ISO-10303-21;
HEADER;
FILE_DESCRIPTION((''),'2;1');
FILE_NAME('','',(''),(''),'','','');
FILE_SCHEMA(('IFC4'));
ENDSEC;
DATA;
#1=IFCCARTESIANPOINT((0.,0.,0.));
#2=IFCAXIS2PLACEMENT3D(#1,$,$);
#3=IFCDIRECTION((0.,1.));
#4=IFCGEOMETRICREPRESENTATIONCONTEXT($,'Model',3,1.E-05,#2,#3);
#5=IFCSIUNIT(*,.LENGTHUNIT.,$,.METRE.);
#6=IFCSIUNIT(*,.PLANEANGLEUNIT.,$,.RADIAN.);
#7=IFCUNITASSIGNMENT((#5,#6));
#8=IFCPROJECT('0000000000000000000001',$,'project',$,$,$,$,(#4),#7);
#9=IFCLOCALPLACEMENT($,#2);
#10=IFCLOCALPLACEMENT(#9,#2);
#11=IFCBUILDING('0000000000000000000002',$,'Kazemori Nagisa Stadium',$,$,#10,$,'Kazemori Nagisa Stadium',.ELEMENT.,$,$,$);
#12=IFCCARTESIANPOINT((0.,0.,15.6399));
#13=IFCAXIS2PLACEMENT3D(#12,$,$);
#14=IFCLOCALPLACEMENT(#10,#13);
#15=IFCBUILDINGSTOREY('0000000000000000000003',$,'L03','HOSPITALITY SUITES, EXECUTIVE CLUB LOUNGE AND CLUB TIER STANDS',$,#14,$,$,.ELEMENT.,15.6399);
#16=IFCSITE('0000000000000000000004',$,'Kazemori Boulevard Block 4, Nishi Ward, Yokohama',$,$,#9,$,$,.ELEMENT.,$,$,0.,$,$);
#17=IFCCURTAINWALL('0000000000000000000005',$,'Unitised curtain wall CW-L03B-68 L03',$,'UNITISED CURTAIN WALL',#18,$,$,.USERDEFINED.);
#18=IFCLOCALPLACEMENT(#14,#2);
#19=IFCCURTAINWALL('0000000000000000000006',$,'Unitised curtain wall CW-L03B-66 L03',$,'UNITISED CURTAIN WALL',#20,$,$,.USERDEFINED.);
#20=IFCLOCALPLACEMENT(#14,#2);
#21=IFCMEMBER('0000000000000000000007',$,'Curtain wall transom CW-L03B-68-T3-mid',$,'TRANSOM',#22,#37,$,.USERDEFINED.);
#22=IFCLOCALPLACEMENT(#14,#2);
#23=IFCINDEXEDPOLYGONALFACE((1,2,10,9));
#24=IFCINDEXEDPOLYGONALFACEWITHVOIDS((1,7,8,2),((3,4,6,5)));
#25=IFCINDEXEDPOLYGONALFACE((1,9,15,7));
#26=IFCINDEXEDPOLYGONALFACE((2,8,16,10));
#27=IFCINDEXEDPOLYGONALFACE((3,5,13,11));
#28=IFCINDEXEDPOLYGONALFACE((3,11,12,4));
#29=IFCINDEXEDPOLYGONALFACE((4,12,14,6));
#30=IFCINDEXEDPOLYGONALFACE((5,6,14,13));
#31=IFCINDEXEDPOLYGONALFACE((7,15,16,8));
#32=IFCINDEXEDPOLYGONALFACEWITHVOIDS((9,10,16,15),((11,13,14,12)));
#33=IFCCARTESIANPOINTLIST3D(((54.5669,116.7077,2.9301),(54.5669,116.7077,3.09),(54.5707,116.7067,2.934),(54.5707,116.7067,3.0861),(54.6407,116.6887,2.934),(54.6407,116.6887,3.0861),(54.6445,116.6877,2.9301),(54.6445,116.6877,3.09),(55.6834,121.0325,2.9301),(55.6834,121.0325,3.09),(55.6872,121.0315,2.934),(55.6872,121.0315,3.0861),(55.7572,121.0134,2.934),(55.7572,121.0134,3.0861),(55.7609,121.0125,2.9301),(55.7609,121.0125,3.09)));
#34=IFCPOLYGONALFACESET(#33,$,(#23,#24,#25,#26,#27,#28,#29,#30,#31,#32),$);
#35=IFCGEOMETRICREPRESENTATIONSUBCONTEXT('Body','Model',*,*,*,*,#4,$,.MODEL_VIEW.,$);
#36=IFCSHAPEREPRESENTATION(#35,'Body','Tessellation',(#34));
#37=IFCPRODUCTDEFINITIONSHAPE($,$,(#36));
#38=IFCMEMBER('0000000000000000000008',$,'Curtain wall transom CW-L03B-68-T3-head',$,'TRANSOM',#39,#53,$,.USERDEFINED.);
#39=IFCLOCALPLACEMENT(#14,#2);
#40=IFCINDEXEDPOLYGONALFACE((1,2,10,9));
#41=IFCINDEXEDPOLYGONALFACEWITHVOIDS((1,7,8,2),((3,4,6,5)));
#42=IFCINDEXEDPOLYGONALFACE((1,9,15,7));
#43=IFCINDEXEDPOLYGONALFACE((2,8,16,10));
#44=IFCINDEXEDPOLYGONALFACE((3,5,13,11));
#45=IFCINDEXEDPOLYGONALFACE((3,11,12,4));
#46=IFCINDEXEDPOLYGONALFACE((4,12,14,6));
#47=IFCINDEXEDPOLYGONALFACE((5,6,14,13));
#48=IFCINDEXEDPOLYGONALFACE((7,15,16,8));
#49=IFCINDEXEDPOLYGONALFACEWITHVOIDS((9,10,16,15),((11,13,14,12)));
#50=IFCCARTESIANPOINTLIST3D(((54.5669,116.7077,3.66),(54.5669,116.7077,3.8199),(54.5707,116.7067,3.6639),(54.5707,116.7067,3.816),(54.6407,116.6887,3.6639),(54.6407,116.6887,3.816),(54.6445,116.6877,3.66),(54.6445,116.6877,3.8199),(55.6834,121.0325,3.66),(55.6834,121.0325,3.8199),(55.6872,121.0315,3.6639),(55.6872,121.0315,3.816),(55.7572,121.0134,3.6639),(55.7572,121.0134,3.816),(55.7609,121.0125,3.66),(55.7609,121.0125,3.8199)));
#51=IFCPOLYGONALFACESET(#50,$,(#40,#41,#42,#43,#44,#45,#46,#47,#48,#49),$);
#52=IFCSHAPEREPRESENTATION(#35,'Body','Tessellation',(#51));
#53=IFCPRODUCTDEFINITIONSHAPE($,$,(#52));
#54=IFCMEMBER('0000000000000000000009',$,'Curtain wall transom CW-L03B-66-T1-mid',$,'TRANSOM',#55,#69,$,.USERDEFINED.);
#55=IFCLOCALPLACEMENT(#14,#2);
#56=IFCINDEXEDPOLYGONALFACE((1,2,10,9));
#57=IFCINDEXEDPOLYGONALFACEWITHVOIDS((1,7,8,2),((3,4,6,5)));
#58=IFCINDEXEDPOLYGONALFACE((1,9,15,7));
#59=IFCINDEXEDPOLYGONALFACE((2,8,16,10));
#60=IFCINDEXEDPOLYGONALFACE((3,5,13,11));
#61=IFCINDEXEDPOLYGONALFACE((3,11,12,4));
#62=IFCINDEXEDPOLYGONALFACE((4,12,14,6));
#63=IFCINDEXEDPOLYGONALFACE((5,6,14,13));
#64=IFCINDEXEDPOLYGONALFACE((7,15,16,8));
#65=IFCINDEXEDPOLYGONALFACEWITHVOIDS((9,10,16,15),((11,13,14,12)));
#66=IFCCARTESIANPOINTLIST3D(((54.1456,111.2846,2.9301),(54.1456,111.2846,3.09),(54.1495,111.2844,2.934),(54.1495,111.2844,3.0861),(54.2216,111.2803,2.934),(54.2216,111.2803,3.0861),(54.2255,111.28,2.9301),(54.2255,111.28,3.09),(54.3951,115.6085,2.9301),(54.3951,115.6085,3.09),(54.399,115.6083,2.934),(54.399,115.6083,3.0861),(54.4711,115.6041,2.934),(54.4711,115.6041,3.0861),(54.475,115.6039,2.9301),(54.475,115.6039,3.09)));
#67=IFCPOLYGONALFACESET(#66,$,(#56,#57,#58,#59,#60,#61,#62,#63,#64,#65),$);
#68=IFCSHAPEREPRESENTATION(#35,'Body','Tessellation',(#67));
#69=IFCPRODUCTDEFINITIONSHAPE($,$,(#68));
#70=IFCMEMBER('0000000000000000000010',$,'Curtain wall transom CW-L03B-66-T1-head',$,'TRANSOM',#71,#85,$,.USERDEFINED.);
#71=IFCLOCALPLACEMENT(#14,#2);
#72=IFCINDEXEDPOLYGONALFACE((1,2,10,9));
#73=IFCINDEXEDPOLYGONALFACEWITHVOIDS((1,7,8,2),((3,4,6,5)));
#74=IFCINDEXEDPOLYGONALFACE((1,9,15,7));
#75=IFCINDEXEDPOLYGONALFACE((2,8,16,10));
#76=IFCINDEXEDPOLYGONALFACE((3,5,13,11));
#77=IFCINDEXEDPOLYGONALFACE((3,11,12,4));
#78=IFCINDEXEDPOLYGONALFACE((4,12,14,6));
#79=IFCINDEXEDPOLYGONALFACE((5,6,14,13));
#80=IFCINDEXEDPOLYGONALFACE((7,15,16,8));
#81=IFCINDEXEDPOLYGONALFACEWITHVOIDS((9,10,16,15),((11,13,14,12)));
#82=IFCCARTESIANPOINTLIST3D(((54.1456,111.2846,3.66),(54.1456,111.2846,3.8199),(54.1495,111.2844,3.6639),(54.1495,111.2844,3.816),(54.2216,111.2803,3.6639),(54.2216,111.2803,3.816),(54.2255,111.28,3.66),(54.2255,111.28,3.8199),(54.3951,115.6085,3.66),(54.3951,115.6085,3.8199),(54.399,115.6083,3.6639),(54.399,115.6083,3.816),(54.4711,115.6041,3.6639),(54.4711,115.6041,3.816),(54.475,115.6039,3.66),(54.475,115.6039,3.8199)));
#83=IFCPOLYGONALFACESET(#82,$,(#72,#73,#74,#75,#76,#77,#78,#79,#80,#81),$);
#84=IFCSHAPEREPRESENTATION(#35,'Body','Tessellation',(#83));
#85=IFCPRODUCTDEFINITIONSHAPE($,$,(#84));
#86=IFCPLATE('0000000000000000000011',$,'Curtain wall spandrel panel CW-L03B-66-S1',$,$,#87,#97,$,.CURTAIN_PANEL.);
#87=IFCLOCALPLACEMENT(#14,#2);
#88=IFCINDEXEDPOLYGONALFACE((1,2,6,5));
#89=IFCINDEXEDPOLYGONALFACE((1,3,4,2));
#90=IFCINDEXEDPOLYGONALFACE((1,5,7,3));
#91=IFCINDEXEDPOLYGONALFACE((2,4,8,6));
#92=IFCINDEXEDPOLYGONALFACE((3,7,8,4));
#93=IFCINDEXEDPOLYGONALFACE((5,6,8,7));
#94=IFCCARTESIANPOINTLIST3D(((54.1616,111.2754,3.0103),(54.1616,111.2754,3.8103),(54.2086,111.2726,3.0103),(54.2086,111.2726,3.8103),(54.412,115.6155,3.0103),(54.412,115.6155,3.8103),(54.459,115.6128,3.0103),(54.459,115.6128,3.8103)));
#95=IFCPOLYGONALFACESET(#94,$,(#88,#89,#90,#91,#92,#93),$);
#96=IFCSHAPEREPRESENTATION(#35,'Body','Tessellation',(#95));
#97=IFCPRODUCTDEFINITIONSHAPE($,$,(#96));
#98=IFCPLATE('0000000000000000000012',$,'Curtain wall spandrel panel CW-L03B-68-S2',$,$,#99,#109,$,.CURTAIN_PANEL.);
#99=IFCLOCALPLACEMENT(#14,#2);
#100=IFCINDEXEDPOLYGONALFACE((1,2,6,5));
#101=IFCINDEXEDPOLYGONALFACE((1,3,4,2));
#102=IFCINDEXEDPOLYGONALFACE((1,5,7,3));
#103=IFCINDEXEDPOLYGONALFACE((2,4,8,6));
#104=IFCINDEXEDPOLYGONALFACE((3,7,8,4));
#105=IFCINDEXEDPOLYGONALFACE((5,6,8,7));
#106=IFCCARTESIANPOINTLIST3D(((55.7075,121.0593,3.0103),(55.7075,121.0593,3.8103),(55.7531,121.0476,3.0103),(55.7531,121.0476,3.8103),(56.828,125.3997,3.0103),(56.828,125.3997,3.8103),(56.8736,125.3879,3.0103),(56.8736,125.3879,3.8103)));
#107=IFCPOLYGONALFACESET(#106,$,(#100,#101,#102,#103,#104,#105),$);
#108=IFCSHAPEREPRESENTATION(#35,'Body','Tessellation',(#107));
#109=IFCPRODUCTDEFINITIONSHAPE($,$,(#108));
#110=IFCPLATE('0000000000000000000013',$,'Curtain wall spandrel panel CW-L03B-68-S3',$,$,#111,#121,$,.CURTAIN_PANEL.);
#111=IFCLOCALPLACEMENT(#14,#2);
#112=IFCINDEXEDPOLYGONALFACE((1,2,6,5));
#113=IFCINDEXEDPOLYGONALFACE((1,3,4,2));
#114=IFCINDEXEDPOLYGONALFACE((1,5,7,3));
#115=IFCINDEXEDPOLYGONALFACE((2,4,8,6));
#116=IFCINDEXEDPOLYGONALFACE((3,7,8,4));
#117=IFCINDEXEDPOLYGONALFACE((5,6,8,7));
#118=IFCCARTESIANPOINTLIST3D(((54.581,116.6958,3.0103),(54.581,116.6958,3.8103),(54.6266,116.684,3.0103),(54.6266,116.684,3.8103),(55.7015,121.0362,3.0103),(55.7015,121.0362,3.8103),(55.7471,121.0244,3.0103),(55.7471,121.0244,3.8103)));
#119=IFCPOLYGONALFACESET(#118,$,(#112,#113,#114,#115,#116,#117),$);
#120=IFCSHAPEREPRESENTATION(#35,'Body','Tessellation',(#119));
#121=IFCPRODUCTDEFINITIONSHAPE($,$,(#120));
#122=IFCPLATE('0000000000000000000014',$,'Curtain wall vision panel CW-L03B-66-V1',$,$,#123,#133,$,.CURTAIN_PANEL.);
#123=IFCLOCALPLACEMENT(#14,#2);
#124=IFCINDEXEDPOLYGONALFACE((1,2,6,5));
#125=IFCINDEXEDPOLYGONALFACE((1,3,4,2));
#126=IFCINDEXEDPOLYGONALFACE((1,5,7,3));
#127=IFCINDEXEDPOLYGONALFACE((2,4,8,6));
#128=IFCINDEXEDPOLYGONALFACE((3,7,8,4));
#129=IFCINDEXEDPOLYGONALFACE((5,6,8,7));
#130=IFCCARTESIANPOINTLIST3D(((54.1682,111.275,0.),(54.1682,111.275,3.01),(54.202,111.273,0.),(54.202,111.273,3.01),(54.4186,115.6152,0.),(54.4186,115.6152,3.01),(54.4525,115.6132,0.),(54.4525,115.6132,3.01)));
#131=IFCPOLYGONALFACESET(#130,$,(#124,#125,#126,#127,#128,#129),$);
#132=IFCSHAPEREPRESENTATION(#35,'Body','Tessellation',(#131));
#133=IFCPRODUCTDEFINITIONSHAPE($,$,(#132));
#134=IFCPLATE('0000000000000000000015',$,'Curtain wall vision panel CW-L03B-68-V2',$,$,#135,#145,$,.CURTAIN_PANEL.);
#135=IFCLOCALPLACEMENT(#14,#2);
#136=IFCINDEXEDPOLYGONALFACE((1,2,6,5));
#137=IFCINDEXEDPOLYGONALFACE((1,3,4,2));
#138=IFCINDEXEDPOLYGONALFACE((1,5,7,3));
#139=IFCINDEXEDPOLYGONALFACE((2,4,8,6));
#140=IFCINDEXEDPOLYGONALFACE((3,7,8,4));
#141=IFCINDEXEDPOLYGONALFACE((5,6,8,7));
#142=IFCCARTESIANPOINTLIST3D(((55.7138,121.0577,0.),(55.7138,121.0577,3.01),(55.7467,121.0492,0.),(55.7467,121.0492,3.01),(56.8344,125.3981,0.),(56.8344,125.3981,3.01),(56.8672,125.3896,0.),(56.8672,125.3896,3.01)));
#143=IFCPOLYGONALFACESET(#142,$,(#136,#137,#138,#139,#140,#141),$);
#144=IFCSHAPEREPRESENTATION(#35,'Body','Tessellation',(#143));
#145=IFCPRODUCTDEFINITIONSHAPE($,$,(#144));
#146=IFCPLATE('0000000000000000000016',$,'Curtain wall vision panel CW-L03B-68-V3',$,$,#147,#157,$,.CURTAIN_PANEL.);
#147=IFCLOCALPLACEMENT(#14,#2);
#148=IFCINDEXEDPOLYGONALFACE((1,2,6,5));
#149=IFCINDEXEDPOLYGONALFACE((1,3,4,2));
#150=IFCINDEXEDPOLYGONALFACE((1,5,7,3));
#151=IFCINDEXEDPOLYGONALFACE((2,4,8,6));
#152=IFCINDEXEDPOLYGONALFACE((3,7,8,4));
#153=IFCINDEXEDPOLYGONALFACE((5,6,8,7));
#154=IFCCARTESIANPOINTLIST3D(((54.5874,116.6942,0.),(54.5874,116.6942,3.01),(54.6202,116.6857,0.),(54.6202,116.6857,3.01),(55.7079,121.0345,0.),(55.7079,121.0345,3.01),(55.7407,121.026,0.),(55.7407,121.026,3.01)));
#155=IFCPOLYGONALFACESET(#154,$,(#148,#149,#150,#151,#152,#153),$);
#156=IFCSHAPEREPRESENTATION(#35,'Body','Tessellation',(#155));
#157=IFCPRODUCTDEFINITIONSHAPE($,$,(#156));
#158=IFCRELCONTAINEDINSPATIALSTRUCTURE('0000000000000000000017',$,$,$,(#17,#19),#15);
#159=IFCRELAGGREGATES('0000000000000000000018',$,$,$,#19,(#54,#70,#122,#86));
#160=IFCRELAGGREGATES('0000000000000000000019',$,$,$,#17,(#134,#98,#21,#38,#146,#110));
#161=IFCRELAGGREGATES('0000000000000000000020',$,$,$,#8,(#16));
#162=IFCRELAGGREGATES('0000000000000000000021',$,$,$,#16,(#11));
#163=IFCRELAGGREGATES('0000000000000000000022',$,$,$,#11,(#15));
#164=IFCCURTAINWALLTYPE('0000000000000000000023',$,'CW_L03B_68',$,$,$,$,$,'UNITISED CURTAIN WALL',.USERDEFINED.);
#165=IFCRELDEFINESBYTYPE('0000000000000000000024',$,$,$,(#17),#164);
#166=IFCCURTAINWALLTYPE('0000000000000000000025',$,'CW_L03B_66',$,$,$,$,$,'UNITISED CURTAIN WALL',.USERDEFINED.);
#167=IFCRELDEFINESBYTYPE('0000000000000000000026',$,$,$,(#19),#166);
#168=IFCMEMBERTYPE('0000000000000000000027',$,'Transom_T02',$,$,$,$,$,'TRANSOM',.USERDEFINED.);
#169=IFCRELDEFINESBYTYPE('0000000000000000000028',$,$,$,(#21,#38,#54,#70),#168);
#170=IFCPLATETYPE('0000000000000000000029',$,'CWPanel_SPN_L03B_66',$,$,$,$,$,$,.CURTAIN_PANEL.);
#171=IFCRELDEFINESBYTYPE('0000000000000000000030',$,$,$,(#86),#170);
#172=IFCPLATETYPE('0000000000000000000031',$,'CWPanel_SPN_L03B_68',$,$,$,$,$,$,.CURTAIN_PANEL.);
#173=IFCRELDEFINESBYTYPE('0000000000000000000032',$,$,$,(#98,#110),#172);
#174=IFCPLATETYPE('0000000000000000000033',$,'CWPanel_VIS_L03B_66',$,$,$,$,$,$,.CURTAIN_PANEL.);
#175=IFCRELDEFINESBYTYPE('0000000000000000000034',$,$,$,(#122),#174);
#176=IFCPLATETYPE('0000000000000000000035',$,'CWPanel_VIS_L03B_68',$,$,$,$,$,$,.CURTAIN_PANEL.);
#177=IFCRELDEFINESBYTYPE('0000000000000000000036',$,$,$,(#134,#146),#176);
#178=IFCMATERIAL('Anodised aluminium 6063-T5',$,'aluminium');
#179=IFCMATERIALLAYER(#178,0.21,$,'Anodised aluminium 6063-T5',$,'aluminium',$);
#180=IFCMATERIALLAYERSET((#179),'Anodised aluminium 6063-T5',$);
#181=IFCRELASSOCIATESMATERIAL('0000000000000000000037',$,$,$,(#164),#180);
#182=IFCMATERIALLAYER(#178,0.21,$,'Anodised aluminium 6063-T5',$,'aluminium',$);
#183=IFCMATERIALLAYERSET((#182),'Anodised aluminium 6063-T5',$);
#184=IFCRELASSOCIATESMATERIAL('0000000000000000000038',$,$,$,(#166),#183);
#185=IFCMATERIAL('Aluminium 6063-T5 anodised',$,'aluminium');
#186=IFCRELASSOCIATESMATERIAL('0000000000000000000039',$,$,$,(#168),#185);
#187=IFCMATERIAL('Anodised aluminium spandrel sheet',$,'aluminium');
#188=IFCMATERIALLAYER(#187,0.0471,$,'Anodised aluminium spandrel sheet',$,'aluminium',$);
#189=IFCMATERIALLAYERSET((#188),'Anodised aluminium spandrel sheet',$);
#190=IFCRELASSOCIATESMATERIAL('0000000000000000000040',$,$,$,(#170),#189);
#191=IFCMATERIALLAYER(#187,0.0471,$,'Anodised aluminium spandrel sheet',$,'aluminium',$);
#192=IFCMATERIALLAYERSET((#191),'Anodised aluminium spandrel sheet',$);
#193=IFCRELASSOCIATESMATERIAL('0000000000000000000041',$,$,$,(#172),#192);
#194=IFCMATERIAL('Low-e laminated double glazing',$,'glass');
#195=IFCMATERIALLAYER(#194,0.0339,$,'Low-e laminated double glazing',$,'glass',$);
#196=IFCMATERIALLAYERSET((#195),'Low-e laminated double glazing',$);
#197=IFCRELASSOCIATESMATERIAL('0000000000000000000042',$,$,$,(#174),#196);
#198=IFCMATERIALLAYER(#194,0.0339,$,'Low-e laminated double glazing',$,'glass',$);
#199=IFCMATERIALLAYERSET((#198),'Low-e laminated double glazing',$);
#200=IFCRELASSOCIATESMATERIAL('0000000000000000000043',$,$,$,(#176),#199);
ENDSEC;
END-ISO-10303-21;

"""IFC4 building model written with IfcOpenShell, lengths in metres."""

from ifc_helpers import new_model, si_unit, direction, frame, origin, origin_2d, place, context, subcontext, project, spatial, rectangle, hollow_rectangle, extrude, material, layer, layer_set, material_profile, profile_set, type_object, element, aggregate, save


model = new_model("IFC4")

# Units and contexts
model_context = context("Model", 3, precision=1e-05, world=origin(), true_north=direction((0.0, 1.0)))
body_context = subcontext(model_context, "Body", "Model", "MODEL_VIEW")
ifc_project = project(units=[si_unit("LENGTHUNIT", "METRE"), si_unit("PLANEANGLEUNIT", "RADIAN")], contexts=[model_context])

# Site, building, storey
site_placement = place(None, origin())
site = spatial("IfcSite", under=ifc_project, at=site_placement, Name="Kazemori Boulevard Block 4, Nishi Ward, Yokohama", CompositionType="ELEMENT", RefElevation=0.0)
building_placement = place(site_placement, origin())
building = spatial("IfcBuilding", under=site, at=building_placement, Name="Kazemori Nagisa Stadium", LongName="Kazemori Nagisa Stadium", CompositionType="ELEMENT")
storey_placement = place(building_placement, frame((0.0, 0.0, 15.6399)))
storey = spatial("IfcBuildingStorey", under=building, at=storey_placement, Name="L03", Description="HOSPITALITY SUITES, EXECUTIVE CLUB LOUNGE AND CLUB TIER STANDS", CompositionType="ELEMENT", Elevation=15.6399)

# Curtain walls
ifc_material_1 = material(Name="Anodised aluminium 6063-T5", Category="aluminium")
ifc_layer_1 = layer(ifc_material_1, 0.21, Name="Anodised aluminium 6063-T5", Category="aluminium")
ifc_layer_set_1 = layer_set([ifc_layer_1], Name="Anodised aluminium 6063-T5")
curtain_wall_type_1 = type_object("IfcCurtainWallType", Name="CW_L03B_68", ElementType="UNITISED CURTAIN WALL", PredefinedType="USERDEFINED", material=ifc_layer_set_1)
curtain_wall_1_placement = place(storey_placement, origin())
curtain_wall_1 = element("IfcCurtainWall", 1, at=curtain_wall_1_placement, inside=storey, type_object=curtain_wall_type_1, Name="Unitised curtain wall CW-L03B-68 L03", ObjectType="UNITISED CURTAIN WALL", PredefinedType="USERDEFINED")
ifc_material_2 = material(Name="Aluminium 6063-T5 anodised", Category="aluminium")
ifc_layer_2 = layer(ifc_material_1, 0.21, Name="Anodised aluminium 6063-T5", Category="aluminium")
ifc_layer_set_2 = layer_set([ifc_layer_2], Name="Anodised aluminium 6063-T5")
curtain_wall_type_2 = type_object("IfcCurtainWallType", Name="CW_L03B_66", ElementType="UNITISED CURTAIN WALL", PredefinedType="USERDEFINED", material=ifc_layer_set_2)
curtain_wall_2_placement = place(storey_placement, origin())
curtain_wall_2 = element("IfcCurtainWall", 2, at=curtain_wall_2_placement, inside=storey, type_object=curtain_wall_type_2, Name="Unitised curtain wall CW-L03B-66 L03", ObjectType="UNITISED CURTAIN WALL", PredefinedType="USERDEFINED")

# Members
ifc_material_profile_1 = material_profile(ifc_material_2, hollow_rectangle(XDim=0.0801, YDim=0.1599, WallThickness=0.0039, at=origin_2d()), Name="ALU-TRAN-80x160x4")
ifc_profile_set_1 = profile_set([ifc_material_profile_1], Name="Aluminium 6063-T5 anodised")
member_type_1 = type_object("IfcMemberType", Name="Transom_T02", ElementType="TRANSOM", PredefinedType="USERDEFINED", material=ifc_profile_set_1)
member_1_placement = place(storey_placement, frame((55.7222, 121.0225, 3.01), z_axis=(-0.249962, -0.968256, 0.0), x_axis=(0.968256, -0.249962, 0.0)))
member_1 = element("IfcMember", 3, at=member_1_placement, type_object=member_type_1, Name="Curtain wall transom CW-L03B-68-T3-mid", ObjectType="TRANSOM", PredefinedType="USERDEFINED", context=body_context, shape_type="SweptSolid", body=[
    extrude(hollow_rectangle(XDim=0.0801, YDim=0.1599, WallThickness=0.0039, at=origin_2d()), origin(), (0.0, 0.0, 1.0), 4.4666),
])
member_2_placement = place(storey_placement, frame((55.7222, 121.0225, 3.74), z_axis=(-0.249962, -0.968256, 0.0), x_axis=(0.968256, -0.249962, 0.0)))
member_2 = element("IfcMember", 4, at=member_2_placement, type_object=member_type_1, Name="Curtain wall transom CW-L03B-68-T3-head", ObjectType="TRANSOM", PredefinedType="USERDEFINED", context=body_context, shape_type="SweptSolid", body=[
    extrude(hollow_rectangle(XDim=0.0801, YDim=0.1599, WallThickness=0.0039, at=origin_2d()), origin(), (0.0, 0.0, 1.0), 4.4666),
])
member_3_placement = place(storey_placement, frame((54.4351, 115.6062, 3.01), z_axis=(-0.057608, -0.998339, 0.0), x_axis=(0.998339, -0.057608, 0.0)))
member_3 = element("IfcMember", 5, at=member_3_placement, type_object=member_type_1, Name="Curtain wall transom CW-L03B-66-T1-mid", ObjectType="TRANSOM", PredefinedType="USERDEFINED", context=body_context, shape_type="SweptSolid", body=[
    extrude(hollow_rectangle(XDim=0.0801, YDim=0.1599, WallThickness=0.0039, at=origin_2d()), origin(), (0.0, 0.0, 1.0), 4.3311),
])
member_4_placement = place(storey_placement, frame((54.4351, 115.6062, 3.74), z_axis=(-0.057608, -0.998339, 0.0), x_axis=(0.998339, -0.057608, 0.0)))
member_4 = element("IfcMember", 6, at=member_4_placement, type_object=member_type_1, Name="Curtain wall transom CW-L03B-66-T1-head", ObjectType="TRANSOM", PredefinedType="USERDEFINED", context=body_context, shape_type="SweptSolid", body=[
    extrude(hollow_rectangle(XDim=0.0801, YDim=0.1599, WallThickness=0.0039, at=origin_2d()), origin(), (0.0, 0.0, 1.0), 4.3311),
])

# Plates
ifc_material_3 = material(Name="Anodised aluminium spandrel sheet", Category="aluminium")
ifc_layer_3 = layer(ifc_material_3, 0.0471, Name="Anodised aluminium spandrel sheet", Category="aluminium")
ifc_layer_set_3 = layer_set([ifc_layer_3], Name="Anodised aluminium spandrel sheet")
plate_type_1 = type_object("IfcPlateType", Name="CWPanel_SPN_L03B_66", PredefinedType="CURTAIN_PANEL", material=ifc_layer_set_3)
plate_1_placement = place(storey_placement, frame((54.3103, 113.4441, 3.0103), z_axis=(0.0, 0.0, 1.0), x_axis=(-0.057602, -0.99834, 0.0)))
plate_1 = element("IfcPlate", 7, at=plate_1_placement, type_object=plate_type_1, Name="Curtain wall spandrel panel CW-L03B-66-S1", PredefinedType="CURTAIN_PANEL", context=body_context, shape_type="SweptSolid", body=[
    extrude(rectangle(XDim=4.3474, YDim=0.0471, at=origin_2d()), origin(), (0.0, 0.0, 1.0), 0.8),
])
ifc_layer_4 = layer(ifc_material_3, 0.0471, Name="Anodised aluminium spandrel sheet", Category="aluminium")
ifc_layer_set_4 = layer_set([ifc_layer_4], Name="Anodised aluminium spandrel sheet")
plate_type_2 = type_object("IfcPlateType", Name="CWPanel_SPN_L03B_68", PredefinedType="CURTAIN_PANEL", material=ifc_layer_set_4)
plate_2_placement = place(storey_placement, frame((56.2905, 123.2236, 3.0103), z_axis=(0.0, 0.0, 1.0), x_axis=(-0.249965, -0.968255, 0.0)))
plate_2 = element("IfcPlate", 8, at=plate_2_placement, type_object=plate_type_2, Name="Curtain wall spandrel panel CW-L03B-68-S2", PredefinedType="CURTAIN_PANEL", context=body_context, shape_type="SweptSolid", body=[
    extrude(rectangle(XDim=4.4827, YDim=0.0471, at=origin_2d()), origin(), (0.0, 0.0, 1.0), 0.8),
])
plate_3_placement = place(storey_placement, frame((55.1641, 118.8601, 3.0103), z_axis=(0.0, 0.0, 1.0), x_axis=(-0.249965, -0.968255, 0.0)))
plate_3 = element("IfcPlate", 9, at=plate_3_placement, type_object=plate_type_2, Name="Curtain wall spandrel panel CW-L03B-68-S3", PredefinedType="CURTAIN_PANEL", context=body_context, shape_type="SweptSolid", body=[
    extrude(rectangle(XDim=4.4827, YDim=0.0471, at=origin_2d()), origin(), (0.0, 0.0, 1.0), 0.8),
])
ifc_material_4 = material(Name="Low-e laminated double glazing", Category="glass")
ifc_layer_5 = layer(ifc_material_4, 0.0339, Name="Low-e laminated double glazing", Category="glass")
ifc_layer_set_5 = layer_set([ifc_layer_5], Name="Low-e laminated double glazing")
plate_type_3 = type_object("IfcPlateType", Name="CWPanel_VIS_L03B_66", PredefinedType="CURTAIN_PANEL", material=ifc_layer_set_5)
plate_4_placement = place(storey_placement, frame((54.3103, 113.4441, 0.0), z_axis=(0.0, 0.0, 1.0), x_axis=(-0.057602, -0.99834, 0.0)))
plate_4 = element("IfcPlate", 10, at=plate_4_placement, type_object=plate_type_3, Name="Curtain wall vision panel CW-L03B-66-V1", PredefinedType="CURTAIN_PANEL", context=body_context, shape_type="SweptSolid", body=[
    extrude(rectangle(XDim=4.3474, YDim=0.0339, at=origin_2d()), origin(), (0.0, 0.0, 1.0), 3.01),
])
aggregate(curtain_wall_2, [member_3, member_4, plate_4, plate_1])
ifc_layer_6 = layer(ifc_material_4, 0.0339, Name="Low-e laminated double glazing", Category="glass")
ifc_layer_set_6 = layer_set([ifc_layer_6], Name="Low-e laminated double glazing")
plate_type_4 = type_object("IfcPlateType", Name="CWPanel_VIS_L03B_68", PredefinedType="CURTAIN_PANEL", material=ifc_layer_set_6)
plate_5_placement = place(storey_placement, frame((56.2905, 123.2236, 0.0), z_axis=(0.0, 0.0, 1.0), x_axis=(-0.249965, -0.968255, 0.0)))
plate_5 = element("IfcPlate", 11, at=plate_5_placement, type_object=plate_type_4, Name="Curtain wall vision panel CW-L03B-68-V2", PredefinedType="CURTAIN_PANEL", context=body_context, shape_type="SweptSolid", body=[
    extrude(rectangle(XDim=4.4827, YDim=0.0339, at=origin_2d()), origin(), (0.0, 0.0, 1.0), 3.01),
])
plate_6_placement = place(storey_placement, frame((55.1641, 118.8601, 0.0), z_axis=(0.0, 0.0, 1.0), x_axis=(-0.249965, -0.968255, 0.0)))
plate_6 = element("IfcPlate", 12, at=plate_6_placement, type_object=plate_type_4, Name="Curtain wall vision panel CW-L03B-68-V3", PredefinedType="CURTAIN_PANEL", context=body_context, shape_type="SweptSolid", body=[
    extrude(rectangle(XDim=4.4827, YDim=0.0339, at=origin_2d()), origin(), (0.0, 0.0, 1.0), 3.01),
])
aggregate(curtain_wall_1, [plate_5, plate_2, member_1, member_2, plate_6, plate_3])

save(model, "model.ifc")
